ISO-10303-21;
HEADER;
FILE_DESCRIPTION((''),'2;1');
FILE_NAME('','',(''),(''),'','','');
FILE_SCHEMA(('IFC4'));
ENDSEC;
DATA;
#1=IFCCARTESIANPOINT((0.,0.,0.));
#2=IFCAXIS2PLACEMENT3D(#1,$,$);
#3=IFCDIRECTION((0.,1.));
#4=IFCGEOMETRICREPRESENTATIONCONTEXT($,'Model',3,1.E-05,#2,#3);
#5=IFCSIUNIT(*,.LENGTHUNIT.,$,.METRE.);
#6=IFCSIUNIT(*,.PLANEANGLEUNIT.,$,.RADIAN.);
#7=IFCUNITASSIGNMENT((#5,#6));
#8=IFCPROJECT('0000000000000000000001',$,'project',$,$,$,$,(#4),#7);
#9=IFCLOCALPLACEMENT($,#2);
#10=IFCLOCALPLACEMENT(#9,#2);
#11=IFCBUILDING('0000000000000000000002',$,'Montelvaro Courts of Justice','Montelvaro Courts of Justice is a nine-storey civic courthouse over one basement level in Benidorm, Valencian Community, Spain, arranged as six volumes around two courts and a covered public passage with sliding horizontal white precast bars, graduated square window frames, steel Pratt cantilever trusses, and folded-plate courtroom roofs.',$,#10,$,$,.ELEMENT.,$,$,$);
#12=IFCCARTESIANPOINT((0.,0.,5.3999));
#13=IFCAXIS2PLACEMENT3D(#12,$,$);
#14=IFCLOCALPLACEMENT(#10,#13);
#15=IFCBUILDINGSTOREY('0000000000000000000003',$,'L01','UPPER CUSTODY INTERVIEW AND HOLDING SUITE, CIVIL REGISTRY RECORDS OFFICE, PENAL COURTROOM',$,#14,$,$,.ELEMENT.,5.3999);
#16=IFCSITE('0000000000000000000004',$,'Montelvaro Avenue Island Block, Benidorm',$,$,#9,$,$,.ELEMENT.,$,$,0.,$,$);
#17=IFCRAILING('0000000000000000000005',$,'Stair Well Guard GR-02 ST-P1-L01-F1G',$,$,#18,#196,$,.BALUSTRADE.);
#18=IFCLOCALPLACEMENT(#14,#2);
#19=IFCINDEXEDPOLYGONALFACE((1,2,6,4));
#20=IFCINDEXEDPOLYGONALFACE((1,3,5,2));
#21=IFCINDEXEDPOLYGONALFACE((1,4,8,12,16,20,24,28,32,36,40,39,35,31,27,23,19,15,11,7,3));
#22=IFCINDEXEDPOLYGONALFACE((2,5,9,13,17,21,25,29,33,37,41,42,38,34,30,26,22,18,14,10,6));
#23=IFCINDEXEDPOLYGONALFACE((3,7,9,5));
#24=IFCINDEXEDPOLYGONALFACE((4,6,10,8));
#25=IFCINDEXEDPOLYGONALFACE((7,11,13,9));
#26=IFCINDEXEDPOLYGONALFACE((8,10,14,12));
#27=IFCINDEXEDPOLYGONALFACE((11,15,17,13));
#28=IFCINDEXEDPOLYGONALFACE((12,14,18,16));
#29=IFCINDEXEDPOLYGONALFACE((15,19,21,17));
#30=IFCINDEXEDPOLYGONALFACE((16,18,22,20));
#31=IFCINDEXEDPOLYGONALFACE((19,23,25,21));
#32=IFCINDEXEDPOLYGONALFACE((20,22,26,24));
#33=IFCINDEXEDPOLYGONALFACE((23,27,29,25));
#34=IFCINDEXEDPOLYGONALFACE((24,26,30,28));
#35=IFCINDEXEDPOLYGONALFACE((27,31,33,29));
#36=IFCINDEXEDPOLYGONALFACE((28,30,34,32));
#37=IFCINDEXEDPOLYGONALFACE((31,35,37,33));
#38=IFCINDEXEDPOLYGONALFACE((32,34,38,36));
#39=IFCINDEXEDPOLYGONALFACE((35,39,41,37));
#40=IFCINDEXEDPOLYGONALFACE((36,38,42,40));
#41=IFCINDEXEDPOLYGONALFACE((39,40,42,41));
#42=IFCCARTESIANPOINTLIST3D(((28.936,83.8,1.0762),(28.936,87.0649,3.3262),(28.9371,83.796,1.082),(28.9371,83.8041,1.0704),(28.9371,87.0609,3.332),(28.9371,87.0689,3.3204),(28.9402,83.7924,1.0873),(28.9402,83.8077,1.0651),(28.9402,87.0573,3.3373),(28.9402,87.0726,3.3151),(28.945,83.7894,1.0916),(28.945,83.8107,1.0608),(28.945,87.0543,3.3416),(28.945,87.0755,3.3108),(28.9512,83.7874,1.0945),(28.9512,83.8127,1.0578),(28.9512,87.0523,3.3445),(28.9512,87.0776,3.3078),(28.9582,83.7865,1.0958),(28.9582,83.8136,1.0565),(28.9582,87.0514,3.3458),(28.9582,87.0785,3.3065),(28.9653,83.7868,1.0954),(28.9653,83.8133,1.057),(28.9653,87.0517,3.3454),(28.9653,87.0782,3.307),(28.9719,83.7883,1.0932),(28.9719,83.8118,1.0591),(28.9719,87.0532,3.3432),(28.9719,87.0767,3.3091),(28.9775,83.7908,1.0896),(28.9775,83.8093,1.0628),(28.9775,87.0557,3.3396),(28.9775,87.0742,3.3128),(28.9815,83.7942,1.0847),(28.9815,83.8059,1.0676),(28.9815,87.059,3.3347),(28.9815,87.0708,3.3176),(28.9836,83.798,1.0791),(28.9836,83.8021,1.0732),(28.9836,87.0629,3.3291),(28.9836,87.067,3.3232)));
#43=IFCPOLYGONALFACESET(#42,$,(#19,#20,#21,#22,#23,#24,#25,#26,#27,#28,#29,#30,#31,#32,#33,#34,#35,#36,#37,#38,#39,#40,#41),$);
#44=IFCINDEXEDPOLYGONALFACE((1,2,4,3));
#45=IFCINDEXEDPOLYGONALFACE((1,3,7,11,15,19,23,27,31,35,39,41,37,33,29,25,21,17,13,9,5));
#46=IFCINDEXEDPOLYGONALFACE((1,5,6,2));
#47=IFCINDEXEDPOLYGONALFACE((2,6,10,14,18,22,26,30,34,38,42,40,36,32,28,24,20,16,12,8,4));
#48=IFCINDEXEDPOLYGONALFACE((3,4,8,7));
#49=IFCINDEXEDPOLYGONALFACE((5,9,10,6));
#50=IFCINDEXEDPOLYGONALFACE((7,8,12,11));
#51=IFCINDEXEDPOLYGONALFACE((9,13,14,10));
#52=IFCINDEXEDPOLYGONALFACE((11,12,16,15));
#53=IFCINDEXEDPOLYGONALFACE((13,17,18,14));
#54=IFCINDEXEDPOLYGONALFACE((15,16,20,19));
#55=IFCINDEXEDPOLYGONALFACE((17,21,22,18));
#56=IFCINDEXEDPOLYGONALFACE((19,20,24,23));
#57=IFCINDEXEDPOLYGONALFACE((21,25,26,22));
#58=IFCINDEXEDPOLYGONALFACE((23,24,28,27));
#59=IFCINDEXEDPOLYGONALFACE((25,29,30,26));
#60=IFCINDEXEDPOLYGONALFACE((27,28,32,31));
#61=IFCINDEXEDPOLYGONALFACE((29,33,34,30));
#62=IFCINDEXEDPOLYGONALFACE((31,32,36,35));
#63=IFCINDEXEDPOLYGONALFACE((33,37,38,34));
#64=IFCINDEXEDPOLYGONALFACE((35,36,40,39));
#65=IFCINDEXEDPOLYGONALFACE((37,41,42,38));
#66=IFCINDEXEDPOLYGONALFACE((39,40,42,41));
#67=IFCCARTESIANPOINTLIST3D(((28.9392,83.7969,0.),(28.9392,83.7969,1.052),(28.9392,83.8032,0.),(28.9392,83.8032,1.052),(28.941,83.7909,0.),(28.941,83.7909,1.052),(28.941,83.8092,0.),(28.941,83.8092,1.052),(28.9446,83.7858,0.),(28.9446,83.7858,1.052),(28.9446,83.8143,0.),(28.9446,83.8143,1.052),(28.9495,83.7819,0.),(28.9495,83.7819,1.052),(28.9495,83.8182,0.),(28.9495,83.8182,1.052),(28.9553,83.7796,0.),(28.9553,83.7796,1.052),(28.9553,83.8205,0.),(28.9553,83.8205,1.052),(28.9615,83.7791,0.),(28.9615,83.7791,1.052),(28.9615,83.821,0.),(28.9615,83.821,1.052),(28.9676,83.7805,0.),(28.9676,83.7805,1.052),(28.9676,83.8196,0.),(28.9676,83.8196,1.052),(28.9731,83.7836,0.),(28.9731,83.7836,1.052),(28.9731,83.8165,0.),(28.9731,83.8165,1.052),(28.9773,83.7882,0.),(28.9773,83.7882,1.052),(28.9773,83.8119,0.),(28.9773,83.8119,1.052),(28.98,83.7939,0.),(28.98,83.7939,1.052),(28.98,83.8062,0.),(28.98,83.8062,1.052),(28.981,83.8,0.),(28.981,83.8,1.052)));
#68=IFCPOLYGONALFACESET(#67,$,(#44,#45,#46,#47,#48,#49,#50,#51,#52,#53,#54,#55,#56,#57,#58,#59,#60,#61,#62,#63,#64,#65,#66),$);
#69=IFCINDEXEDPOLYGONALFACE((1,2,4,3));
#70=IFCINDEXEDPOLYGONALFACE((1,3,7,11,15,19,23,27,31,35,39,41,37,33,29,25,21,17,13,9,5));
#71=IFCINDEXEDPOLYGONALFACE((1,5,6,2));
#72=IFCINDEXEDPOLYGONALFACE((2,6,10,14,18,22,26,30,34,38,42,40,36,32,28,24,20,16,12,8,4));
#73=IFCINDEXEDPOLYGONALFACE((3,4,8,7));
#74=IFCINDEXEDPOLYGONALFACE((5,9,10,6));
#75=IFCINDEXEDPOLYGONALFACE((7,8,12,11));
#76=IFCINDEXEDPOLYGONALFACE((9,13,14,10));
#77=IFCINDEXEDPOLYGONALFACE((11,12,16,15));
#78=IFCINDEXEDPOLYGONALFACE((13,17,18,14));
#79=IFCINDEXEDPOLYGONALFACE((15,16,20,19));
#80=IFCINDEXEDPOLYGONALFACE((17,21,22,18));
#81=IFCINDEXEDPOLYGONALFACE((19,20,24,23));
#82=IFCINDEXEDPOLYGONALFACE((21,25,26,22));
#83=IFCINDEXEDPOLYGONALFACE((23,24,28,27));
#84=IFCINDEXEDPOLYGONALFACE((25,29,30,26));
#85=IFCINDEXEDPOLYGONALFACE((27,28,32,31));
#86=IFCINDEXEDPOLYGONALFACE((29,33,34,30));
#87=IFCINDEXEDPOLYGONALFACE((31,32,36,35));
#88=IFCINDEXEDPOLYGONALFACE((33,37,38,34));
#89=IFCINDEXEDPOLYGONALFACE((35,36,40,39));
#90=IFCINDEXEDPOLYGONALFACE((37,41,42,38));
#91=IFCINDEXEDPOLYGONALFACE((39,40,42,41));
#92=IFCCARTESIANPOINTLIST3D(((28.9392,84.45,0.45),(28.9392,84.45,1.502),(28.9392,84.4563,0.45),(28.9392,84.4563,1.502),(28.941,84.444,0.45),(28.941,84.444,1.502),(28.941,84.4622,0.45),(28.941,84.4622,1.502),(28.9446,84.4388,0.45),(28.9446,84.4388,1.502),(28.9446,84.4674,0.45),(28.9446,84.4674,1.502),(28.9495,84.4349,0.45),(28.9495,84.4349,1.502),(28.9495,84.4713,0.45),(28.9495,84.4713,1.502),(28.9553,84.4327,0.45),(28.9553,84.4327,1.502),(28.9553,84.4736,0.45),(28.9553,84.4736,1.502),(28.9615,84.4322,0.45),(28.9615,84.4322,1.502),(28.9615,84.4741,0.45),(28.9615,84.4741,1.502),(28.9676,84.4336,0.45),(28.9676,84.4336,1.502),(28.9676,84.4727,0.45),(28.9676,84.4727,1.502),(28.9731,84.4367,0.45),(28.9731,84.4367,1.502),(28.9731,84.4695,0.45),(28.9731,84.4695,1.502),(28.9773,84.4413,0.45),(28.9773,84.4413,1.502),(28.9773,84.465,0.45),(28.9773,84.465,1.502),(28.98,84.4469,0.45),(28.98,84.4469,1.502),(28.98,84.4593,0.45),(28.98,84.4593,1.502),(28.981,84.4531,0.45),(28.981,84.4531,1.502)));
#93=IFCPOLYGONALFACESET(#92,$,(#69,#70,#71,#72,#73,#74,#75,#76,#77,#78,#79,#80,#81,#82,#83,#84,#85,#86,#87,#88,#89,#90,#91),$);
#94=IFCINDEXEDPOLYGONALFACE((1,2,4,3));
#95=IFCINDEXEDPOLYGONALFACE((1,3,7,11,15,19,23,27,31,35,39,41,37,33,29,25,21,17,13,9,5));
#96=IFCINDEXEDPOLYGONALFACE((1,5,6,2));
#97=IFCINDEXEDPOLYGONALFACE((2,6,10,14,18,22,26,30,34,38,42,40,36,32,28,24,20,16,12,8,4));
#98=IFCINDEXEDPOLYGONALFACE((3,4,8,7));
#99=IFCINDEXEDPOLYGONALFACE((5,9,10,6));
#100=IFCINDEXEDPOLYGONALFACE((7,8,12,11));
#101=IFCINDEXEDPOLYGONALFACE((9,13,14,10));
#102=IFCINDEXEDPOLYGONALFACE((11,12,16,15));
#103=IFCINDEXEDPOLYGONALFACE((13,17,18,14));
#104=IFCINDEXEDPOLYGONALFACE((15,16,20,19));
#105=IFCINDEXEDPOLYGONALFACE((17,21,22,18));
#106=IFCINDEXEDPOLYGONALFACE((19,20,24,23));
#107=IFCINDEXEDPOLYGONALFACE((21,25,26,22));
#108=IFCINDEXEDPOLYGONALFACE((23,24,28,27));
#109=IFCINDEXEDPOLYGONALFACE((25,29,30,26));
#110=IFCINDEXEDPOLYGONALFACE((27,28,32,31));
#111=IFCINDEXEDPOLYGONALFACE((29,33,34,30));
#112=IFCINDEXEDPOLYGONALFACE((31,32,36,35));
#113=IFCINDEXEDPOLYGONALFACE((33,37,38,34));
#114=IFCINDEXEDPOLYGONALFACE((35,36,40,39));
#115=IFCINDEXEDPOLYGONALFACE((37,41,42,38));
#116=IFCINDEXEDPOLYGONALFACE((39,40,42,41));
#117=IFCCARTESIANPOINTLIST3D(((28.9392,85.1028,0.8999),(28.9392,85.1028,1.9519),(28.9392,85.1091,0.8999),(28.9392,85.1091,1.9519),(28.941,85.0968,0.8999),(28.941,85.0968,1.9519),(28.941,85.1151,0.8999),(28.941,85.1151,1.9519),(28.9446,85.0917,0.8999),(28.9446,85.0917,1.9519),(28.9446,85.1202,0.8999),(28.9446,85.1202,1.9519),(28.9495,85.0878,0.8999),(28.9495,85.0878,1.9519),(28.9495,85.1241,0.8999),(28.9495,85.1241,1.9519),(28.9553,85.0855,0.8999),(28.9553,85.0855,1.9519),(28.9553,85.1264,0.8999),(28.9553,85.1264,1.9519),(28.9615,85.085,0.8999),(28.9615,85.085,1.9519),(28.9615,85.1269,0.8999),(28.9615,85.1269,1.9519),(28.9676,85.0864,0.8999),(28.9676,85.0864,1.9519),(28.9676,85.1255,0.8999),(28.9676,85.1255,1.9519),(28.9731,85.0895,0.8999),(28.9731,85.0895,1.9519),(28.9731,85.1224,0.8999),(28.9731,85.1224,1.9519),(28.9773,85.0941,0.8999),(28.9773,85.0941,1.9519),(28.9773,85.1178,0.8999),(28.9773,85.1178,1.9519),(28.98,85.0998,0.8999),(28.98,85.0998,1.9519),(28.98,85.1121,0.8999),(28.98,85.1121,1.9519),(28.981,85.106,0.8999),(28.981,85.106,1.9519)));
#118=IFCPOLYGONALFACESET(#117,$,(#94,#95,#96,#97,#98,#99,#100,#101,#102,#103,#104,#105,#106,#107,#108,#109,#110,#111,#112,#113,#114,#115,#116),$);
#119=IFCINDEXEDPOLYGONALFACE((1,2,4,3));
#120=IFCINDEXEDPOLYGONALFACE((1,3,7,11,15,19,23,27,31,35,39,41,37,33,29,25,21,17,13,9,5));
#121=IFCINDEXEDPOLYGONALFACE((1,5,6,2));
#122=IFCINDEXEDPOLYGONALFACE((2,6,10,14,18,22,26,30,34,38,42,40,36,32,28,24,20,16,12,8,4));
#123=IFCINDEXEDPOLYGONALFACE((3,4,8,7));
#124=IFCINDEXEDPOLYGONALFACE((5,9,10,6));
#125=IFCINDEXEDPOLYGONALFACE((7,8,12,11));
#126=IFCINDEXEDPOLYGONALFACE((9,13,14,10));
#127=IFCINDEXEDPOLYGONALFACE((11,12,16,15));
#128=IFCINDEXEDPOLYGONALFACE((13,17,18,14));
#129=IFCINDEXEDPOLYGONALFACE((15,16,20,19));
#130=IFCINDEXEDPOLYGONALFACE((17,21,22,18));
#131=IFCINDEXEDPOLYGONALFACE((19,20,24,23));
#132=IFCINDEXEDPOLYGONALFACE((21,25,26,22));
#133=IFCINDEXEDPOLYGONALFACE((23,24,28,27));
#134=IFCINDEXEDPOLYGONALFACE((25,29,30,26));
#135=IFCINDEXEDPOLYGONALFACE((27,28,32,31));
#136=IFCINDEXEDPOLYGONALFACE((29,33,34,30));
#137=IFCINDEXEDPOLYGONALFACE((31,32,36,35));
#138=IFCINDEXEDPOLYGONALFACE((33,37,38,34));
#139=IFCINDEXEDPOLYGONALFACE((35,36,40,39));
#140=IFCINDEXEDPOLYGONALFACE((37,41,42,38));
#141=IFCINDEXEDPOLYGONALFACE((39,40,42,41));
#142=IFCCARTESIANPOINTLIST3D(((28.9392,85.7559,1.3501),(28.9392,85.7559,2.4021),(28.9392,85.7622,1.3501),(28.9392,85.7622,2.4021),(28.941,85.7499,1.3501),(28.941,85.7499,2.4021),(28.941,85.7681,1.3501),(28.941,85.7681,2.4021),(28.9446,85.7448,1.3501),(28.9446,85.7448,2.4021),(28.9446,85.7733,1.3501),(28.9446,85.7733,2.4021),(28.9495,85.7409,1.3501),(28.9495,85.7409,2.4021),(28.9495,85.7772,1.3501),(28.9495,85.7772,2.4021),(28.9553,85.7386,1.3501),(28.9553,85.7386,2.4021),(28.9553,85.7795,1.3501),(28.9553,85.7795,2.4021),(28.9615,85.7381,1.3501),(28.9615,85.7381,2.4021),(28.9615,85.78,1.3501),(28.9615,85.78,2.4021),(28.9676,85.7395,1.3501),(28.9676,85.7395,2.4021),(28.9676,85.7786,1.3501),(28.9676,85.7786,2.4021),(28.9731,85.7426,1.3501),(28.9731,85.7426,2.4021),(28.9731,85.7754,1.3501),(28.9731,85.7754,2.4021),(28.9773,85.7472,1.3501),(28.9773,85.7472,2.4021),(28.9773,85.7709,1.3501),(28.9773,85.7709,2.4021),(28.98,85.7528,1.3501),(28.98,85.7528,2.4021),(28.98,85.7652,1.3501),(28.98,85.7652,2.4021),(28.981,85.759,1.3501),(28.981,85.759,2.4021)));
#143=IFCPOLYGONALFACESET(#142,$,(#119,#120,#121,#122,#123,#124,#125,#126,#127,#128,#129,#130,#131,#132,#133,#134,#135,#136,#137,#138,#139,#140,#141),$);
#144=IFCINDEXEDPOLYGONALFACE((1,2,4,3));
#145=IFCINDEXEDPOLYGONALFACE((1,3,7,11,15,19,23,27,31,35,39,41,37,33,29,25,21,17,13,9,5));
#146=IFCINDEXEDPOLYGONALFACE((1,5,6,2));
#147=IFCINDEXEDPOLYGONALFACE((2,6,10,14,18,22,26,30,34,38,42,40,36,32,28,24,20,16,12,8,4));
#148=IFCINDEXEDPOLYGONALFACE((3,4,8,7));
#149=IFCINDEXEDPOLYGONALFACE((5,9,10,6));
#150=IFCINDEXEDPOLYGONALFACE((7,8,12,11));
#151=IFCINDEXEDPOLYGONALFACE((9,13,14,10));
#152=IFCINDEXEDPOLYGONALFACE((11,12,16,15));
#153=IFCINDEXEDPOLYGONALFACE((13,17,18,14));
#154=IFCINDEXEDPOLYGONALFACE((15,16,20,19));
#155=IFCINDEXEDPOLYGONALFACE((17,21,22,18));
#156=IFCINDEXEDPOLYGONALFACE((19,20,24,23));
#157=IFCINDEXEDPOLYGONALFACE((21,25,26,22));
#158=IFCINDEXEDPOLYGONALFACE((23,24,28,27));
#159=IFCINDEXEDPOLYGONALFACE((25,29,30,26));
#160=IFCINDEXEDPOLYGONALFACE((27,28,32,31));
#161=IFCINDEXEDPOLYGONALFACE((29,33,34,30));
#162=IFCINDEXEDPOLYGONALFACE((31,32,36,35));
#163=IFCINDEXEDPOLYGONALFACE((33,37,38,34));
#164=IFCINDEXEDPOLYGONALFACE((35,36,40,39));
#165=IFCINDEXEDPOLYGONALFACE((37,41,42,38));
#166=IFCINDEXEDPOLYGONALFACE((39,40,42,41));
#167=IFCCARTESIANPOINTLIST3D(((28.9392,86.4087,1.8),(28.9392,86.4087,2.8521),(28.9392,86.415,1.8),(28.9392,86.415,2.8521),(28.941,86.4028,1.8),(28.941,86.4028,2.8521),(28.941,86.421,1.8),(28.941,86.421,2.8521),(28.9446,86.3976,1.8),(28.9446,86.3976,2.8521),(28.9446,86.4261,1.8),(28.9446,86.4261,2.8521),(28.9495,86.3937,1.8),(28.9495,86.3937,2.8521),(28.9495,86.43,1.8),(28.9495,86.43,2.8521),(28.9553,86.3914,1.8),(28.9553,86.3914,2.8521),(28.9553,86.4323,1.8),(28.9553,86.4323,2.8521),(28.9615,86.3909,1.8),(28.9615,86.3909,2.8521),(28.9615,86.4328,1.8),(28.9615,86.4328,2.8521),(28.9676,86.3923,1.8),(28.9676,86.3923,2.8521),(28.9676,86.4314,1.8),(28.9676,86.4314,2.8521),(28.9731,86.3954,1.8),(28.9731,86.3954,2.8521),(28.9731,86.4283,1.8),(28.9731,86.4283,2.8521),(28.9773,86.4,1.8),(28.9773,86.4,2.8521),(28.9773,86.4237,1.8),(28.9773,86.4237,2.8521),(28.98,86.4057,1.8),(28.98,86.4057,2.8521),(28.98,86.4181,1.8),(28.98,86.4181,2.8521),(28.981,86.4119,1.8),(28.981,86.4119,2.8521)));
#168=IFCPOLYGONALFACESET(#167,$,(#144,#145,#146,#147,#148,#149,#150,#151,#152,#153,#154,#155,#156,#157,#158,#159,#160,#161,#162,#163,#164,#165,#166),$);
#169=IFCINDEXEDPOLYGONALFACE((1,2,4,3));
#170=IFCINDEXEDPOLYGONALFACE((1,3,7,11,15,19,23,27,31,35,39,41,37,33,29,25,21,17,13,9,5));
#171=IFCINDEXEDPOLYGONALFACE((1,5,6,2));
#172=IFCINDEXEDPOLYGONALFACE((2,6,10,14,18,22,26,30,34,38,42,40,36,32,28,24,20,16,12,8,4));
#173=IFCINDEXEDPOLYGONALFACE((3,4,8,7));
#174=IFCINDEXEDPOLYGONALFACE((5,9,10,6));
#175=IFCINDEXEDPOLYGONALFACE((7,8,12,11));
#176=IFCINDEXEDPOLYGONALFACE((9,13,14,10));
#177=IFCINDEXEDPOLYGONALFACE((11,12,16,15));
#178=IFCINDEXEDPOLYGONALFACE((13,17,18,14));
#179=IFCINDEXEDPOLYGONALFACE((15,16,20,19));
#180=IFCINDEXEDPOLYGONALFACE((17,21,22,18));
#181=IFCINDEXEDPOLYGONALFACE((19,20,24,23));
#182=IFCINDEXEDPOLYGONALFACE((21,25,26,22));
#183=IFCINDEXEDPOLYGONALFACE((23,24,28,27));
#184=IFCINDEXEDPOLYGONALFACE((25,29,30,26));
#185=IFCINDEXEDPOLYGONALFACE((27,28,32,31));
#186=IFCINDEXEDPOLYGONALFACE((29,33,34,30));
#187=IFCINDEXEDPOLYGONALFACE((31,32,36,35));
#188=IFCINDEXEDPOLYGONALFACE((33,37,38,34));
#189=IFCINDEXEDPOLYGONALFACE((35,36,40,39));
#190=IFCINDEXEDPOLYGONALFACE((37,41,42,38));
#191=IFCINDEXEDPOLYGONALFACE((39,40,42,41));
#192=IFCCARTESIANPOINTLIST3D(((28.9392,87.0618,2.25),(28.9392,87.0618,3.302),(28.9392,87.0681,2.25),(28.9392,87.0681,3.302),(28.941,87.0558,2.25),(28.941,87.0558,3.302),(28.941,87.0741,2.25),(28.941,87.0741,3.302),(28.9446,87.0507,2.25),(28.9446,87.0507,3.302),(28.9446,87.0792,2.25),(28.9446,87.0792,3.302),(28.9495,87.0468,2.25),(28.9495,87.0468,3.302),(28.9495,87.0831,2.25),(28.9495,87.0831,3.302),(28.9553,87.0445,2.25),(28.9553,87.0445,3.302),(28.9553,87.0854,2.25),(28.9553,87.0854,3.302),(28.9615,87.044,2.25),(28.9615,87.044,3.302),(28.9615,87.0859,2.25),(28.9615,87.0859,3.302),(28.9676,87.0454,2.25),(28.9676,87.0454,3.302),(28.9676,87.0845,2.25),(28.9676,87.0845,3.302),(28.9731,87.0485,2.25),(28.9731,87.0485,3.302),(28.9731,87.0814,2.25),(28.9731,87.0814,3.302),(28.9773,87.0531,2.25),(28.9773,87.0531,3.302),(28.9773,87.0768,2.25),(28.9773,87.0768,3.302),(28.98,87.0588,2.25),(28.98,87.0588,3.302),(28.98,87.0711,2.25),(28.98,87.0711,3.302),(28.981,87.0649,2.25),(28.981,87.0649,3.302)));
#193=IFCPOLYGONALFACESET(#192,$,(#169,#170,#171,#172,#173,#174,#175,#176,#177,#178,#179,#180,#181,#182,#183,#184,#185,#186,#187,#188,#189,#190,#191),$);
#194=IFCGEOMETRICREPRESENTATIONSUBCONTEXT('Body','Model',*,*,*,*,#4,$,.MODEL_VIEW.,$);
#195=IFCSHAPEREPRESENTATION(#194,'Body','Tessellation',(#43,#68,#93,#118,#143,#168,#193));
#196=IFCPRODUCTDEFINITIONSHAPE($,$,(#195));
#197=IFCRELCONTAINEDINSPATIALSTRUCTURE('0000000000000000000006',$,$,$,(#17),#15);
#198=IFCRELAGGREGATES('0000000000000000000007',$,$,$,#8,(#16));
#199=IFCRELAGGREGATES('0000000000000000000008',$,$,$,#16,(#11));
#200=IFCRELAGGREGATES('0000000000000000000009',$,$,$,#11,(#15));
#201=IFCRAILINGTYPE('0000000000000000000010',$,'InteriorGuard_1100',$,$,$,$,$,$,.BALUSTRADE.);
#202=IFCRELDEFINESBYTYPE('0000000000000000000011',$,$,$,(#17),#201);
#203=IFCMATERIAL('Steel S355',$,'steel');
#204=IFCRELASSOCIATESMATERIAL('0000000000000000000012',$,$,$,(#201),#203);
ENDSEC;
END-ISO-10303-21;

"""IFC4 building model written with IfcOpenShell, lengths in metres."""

from ifc_helpers import new_model, si_unit, direction, frame, origin, origin_2d, place, context, subcontext, project, spatial, circle, extrude, material, type_object, element, save


model = new_model("IFC4")

# Units and contexts
model_context = context("Model", 3, precision=1e-05, world=origin(), true_north=direction((0.0, 1.0)))
body_context = subcontext(model_context, "Body", "Model", "MODEL_VIEW")
ifc_project = project(units=[si_unit("LENGTHUNIT", "METRE"), si_unit("PLANEANGLEUNIT", "RADIAN")], contexts=[model_context])

# Site, building, storey
site_placement = place(None, origin())
site = spatial("IfcSite", under=ifc_project, at=site_placement, Name="Montelvaro Avenue Island Block, Benidorm", CompositionType="ELEMENT", RefElevation=0.0)
building_placement = place(site_placement, origin())
building = spatial("IfcBuilding", under=site, at=building_placement, Name="Montelvaro Courts of Justice", Description="Montelvaro Courts of Justice is a nine-storey civic courthouse over one basement level in Benidorm, Valencian Community, Spain, arranged as six volumes around two courts and a covered public passage with sliding horizontal white precast bars, graduated square window frames, steel Pratt cantilever trusses, and folded-plate courtroom roofs.", CompositionType="ELEMENT")
storey_placement = place(building_placement, frame((0.0, 0.0, 5.3999)))
storey = spatial("IfcBuildingStorey", under=building, at=storey_placement, Name="L01", Description="UPPER CUSTODY INTERVIEW AND HOLDING SUITE, CIVIL REGISTRY RECORDS OFFICE, PENAL COURTROOM", CompositionType="ELEMENT", Elevation=5.3999)

# Shared definitions
ifc_material_1 = material(Name="Steel S355", Category="steel")

# Railing
railing_type_1 = type_object("IfcRailingType", Name="InteriorGuard_1100", PredefinedType="BALUSTRADE", material=ifc_material_1)
railing_1_placement = place(storey_placement, frame((28.96, 83.8, 0.0)))
element("IfcRailing", 1, at=railing_1_placement, inside=storey, type_object=railing_type_1, Name="Stair Well Guard GR-02 ST-P1-L01-F1G", PredefinedType="BALUSTRADE", context=body_context, shape_type="SweptSolid", body=[
    extrude(circle(Radius=0.0239, at=origin_2d()), frame((0.0, 0.0, 1.0762), z_axis=(0.0, 0.823407, 0.567451), x_axis=(-1.0, 0.0, 0.0)), (0.0, 0.0, 1.0), 3.9651),
    extrude(circle(Radius=0.021, at=origin_2d()), origin(), (0.0, 0.0, 1.0), 1.052),
    extrude(circle(Radius=0.021, at=origin_2d()), frame((0.0, 0.6531, 0.45)), (0.0, 0.0, 1.0), 1.052),
    extrude(circle(Radius=0.021, at=origin_2d()), frame((0.0, 1.3059, 0.8999)), (0.0, 0.0, 1.0), 1.052),
    extrude(circle(Radius=0.021, at=origin_2d()), frame((0.0, 1.959, 1.3501)), (0.0, 0.0, 1.0), 1.052),
    extrude(circle(Radius=0.021, at=origin_2d()), frame((0.0, 2.6118, 1.8)), (0.0, 0.0, 1.0), 1.052),
    extrude(circle(Radius=0.021, at=origin_2d()), frame((0.0, 3.2649, 2.25)), (0.0, 0.0, 1.0), 1.052),
])

save(model, "model.ifc")
